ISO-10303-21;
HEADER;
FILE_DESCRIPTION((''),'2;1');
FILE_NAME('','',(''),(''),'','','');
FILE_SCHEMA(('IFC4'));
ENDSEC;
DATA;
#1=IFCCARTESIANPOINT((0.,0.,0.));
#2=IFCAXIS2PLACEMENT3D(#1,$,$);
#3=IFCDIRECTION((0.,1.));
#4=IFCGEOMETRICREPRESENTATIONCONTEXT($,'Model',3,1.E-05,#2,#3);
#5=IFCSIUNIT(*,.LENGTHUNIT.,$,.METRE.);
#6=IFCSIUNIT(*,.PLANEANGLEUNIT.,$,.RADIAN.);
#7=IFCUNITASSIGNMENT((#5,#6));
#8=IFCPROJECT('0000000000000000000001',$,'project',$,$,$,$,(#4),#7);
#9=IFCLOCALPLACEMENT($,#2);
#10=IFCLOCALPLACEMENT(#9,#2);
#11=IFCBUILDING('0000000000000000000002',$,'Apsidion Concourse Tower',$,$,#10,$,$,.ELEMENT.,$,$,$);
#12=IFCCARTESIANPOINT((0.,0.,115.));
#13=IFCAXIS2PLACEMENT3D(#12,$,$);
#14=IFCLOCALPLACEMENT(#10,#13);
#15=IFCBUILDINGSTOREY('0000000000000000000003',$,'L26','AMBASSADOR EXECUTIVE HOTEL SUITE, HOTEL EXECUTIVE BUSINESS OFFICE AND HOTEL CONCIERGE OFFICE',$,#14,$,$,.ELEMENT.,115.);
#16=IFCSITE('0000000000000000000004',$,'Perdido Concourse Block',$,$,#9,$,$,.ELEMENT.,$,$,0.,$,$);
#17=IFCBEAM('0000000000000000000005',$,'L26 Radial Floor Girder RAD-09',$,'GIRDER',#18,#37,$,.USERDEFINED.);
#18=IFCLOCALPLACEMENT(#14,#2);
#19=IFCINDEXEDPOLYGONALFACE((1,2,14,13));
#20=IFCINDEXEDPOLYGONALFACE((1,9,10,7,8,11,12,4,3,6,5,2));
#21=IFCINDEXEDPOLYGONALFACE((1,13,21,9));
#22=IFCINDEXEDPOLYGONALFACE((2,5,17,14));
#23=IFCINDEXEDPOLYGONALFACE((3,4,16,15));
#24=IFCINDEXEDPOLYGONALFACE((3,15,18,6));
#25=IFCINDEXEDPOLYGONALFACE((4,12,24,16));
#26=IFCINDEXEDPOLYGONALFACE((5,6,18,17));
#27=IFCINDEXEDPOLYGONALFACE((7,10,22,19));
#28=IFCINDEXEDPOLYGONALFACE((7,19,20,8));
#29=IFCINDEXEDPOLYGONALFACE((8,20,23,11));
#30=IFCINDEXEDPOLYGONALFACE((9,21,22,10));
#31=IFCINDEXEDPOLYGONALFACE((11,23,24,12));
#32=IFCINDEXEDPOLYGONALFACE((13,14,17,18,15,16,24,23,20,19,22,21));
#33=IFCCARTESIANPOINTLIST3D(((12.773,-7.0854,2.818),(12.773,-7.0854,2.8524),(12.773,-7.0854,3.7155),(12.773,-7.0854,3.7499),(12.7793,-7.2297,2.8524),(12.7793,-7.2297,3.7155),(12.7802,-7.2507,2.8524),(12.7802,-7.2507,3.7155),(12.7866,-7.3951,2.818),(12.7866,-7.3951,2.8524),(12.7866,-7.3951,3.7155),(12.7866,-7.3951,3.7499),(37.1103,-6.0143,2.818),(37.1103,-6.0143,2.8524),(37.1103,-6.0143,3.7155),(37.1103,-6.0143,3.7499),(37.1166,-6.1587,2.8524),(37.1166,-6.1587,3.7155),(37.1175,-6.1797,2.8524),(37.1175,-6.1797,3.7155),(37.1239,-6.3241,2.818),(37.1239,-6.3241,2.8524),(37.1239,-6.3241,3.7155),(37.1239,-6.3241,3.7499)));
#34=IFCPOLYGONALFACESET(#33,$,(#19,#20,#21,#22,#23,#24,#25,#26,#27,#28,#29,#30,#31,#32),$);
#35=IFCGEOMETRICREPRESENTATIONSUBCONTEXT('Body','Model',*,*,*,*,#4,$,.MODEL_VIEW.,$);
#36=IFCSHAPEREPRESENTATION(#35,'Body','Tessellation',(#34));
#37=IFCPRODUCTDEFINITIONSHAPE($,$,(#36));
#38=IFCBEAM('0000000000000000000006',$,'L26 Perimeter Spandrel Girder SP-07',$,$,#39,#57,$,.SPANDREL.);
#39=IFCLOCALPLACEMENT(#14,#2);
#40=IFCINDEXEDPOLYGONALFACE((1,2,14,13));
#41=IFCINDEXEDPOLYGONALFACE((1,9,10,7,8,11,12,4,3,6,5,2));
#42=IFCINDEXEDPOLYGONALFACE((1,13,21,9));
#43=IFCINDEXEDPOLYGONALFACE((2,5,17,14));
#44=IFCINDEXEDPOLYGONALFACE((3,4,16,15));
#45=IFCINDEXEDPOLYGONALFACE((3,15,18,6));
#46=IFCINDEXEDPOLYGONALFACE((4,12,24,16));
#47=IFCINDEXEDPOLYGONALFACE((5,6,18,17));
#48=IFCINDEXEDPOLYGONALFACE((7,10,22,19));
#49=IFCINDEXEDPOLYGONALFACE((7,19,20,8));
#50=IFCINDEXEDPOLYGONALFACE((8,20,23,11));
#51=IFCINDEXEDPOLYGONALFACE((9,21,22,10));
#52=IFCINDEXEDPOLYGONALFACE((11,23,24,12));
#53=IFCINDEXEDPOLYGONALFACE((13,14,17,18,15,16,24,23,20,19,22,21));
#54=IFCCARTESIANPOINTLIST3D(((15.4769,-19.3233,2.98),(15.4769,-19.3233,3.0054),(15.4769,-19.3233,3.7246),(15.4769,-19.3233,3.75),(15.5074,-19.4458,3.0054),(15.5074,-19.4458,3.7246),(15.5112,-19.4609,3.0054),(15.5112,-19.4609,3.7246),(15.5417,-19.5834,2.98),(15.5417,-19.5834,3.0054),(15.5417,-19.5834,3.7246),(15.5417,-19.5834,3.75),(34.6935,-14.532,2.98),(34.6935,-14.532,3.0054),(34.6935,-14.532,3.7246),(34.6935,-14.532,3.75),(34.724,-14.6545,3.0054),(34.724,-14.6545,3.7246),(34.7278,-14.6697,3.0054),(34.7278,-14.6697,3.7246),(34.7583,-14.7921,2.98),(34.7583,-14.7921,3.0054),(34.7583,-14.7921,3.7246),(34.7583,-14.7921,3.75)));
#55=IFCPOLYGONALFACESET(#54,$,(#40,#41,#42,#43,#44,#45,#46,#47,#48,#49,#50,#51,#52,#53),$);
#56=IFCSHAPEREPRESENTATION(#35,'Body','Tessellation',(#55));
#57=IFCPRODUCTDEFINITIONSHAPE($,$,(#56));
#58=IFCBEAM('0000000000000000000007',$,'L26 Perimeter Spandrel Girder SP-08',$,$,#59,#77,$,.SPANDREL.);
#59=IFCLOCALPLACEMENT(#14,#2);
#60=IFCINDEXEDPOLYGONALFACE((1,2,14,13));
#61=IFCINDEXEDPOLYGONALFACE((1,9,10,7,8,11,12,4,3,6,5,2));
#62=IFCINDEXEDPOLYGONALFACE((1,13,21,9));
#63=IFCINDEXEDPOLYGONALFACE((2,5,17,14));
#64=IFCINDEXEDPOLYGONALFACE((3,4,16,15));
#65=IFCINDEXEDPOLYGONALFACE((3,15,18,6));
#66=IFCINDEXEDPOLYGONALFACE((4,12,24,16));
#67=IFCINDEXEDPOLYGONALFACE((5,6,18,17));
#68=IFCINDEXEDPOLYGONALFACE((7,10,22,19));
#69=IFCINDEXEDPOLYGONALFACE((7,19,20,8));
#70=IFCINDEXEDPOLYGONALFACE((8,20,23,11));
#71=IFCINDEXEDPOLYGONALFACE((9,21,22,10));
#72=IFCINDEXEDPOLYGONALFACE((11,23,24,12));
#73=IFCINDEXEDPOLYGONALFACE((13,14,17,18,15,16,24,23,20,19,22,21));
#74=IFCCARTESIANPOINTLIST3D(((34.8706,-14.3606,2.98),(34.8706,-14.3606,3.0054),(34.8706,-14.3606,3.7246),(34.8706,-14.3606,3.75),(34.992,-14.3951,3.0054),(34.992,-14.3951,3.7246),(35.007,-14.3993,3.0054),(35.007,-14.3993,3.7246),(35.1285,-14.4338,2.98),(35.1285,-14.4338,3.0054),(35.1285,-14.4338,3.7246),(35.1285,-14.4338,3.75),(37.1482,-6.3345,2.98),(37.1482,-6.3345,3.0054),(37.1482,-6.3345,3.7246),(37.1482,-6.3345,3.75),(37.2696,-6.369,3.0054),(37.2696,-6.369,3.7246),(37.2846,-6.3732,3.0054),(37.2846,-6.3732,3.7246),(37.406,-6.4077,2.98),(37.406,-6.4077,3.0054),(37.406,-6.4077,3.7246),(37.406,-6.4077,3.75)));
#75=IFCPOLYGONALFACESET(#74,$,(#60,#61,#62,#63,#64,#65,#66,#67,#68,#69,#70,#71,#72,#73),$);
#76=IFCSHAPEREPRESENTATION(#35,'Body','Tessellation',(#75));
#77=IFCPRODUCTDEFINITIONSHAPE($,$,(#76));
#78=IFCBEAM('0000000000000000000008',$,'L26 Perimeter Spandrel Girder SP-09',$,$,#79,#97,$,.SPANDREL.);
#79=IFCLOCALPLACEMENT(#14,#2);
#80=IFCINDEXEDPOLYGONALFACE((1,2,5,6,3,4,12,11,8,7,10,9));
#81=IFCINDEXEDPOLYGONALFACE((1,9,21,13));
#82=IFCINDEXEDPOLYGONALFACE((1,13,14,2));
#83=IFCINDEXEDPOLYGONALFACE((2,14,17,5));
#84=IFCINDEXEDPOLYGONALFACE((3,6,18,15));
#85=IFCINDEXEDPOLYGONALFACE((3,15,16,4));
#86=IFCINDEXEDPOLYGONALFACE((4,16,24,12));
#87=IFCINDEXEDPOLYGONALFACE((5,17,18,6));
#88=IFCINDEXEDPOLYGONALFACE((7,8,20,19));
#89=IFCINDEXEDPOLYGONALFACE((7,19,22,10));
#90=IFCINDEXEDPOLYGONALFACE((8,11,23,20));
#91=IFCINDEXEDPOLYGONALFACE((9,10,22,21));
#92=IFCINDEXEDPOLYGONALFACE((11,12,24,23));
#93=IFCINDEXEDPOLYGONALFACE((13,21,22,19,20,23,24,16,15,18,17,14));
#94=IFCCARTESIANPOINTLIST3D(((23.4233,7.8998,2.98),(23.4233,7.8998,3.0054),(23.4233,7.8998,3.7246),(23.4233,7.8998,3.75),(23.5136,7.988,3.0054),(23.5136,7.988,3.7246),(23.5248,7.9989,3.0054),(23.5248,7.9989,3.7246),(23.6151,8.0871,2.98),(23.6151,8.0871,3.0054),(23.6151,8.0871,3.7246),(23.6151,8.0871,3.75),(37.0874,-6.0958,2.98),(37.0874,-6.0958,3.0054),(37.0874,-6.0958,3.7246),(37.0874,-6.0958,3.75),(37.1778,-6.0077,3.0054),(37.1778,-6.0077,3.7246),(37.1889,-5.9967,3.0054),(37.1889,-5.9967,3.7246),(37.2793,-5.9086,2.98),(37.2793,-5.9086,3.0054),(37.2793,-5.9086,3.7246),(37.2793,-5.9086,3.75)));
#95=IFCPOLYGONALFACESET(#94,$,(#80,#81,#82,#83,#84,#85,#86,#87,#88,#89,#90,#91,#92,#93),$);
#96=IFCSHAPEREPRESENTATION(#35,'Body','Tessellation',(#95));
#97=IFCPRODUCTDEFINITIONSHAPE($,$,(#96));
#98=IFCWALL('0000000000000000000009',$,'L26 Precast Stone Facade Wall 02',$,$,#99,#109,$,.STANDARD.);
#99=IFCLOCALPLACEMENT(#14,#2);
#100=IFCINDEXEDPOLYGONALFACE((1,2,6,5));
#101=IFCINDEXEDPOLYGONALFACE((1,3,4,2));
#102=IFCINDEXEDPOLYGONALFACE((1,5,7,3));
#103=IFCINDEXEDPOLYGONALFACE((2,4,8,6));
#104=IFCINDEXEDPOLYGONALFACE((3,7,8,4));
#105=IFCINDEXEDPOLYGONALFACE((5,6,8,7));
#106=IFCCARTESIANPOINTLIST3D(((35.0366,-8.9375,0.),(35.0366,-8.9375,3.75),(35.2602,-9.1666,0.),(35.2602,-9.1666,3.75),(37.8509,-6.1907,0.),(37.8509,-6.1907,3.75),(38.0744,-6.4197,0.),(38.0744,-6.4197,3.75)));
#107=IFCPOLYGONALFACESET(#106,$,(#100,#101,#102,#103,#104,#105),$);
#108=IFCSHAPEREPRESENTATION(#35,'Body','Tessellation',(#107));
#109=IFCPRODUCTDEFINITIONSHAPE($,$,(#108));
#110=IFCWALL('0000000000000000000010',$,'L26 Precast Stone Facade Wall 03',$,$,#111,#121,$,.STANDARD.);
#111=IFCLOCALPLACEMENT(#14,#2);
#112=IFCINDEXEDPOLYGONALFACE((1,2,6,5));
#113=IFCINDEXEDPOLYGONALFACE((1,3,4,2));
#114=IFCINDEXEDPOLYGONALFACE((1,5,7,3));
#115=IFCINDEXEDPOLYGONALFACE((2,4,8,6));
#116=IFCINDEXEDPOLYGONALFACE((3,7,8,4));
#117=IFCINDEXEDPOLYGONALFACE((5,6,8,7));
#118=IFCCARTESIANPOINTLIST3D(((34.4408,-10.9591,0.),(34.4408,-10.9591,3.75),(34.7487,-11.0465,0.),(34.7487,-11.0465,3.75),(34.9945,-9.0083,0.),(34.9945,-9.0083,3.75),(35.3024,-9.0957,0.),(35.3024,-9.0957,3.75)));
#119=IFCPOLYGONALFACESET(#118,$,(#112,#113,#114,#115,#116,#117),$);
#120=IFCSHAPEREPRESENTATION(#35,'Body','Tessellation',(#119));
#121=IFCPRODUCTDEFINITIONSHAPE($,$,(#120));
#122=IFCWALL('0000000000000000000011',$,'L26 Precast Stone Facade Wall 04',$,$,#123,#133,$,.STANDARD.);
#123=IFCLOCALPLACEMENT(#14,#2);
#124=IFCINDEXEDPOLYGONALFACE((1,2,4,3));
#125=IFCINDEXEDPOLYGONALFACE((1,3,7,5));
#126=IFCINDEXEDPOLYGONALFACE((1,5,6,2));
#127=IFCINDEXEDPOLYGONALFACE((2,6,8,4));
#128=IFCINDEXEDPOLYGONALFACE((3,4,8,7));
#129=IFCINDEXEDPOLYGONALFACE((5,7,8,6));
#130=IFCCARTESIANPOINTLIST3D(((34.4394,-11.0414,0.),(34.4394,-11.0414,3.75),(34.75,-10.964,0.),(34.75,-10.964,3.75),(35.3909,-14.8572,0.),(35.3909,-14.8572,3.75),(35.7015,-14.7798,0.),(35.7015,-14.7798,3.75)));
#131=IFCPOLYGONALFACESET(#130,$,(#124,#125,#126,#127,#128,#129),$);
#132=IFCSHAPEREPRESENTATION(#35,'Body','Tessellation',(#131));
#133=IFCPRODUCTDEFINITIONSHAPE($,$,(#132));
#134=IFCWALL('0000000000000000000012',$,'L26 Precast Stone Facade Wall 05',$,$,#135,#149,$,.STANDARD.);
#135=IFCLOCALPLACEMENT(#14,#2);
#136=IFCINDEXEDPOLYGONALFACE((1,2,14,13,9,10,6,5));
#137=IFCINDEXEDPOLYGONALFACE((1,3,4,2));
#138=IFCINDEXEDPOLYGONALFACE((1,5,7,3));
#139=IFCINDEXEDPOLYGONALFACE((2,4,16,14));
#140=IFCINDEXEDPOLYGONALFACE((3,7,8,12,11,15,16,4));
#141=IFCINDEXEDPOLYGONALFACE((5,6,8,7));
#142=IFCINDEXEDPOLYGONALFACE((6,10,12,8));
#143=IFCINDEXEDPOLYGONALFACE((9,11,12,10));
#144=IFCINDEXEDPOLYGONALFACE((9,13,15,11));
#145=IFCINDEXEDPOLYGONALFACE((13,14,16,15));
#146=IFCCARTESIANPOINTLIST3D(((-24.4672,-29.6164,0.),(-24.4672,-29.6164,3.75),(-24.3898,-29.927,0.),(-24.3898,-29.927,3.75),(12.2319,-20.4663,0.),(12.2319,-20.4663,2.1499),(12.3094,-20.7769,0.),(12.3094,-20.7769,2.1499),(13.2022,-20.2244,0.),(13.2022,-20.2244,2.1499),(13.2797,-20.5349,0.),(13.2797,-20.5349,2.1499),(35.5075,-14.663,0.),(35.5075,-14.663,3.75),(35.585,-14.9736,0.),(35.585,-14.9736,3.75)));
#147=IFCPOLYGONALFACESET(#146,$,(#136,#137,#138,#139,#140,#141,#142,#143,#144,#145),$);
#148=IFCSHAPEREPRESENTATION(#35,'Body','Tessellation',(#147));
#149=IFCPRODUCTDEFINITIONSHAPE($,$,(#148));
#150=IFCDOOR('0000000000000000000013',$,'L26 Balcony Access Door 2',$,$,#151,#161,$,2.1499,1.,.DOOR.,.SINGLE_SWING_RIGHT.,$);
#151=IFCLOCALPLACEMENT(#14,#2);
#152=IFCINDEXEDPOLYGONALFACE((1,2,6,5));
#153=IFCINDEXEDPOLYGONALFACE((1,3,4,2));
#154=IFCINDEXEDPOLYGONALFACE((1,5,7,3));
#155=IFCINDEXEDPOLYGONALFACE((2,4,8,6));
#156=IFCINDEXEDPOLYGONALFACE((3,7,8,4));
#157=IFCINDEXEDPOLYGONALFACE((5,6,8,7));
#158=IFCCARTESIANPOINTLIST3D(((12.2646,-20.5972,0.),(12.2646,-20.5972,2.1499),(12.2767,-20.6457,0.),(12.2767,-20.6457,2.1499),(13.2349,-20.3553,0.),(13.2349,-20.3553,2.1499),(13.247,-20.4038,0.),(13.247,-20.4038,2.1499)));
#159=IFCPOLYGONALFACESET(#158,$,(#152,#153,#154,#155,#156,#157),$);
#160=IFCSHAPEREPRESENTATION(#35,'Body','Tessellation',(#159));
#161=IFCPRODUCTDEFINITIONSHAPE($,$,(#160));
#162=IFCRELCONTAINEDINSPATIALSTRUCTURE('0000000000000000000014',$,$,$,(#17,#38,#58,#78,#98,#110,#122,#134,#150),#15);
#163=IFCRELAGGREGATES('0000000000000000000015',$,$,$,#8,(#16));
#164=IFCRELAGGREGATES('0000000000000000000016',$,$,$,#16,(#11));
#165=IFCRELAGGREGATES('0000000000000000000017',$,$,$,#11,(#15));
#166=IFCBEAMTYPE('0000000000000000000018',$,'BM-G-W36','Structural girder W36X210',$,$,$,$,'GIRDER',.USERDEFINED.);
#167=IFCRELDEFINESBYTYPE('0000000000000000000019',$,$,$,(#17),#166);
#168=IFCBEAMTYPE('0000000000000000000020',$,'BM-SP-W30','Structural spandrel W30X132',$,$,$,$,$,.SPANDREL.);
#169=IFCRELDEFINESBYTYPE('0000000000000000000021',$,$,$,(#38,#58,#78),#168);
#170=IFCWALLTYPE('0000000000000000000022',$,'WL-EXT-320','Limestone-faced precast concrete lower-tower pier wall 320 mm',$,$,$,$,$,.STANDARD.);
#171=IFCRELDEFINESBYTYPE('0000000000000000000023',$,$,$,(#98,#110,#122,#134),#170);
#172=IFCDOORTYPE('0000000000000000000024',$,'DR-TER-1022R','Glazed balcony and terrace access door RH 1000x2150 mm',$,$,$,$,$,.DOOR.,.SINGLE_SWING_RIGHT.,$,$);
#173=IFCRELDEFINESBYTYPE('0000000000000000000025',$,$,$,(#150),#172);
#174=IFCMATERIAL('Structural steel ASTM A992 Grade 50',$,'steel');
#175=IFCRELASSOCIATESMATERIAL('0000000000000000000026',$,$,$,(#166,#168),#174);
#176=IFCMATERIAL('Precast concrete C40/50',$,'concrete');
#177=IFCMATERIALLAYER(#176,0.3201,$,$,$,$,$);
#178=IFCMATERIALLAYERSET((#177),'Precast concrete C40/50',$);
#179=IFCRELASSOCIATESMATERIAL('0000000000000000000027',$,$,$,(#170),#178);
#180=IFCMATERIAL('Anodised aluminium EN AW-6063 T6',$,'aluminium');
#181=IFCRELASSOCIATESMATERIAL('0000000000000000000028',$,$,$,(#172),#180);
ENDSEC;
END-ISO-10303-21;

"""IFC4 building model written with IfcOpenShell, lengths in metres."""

from ifc_helpers import new_model, si_unit, direction, frame, frame_2d, origin, origin_2d, place, context, subcontext, project, spatial, rectangle, i_section, extrude, material, layer, layer_set, material_profile, profile_set, type_object, element, fill, save


model = new_model("IFC4")

# Units and contexts
model_context = context("Model", 3, precision=1e-05, world=origin(), true_north=direction((0.0, 1.0)))
body_context = subcontext(model_context, "Body", "Model", "MODEL_VIEW")
ifc_project = project(units=[si_unit("LENGTHUNIT", "METRE"), si_unit("PLANEANGLEUNIT", "RADIAN")], contexts=[model_context])

# Site, building, storey
site_placement = place(None, origin())
site = spatial("IfcSite", under=ifc_project, at=site_placement, Name="Perdido Concourse Block", CompositionType="ELEMENT", RefElevation=0.0)
building_placement = place(site_placement, origin())
building = spatial("IfcBuilding", under=site, at=building_placement, Name="Apsidion Concourse Tower", CompositionType="ELEMENT")
storey_placement = place(building_placement, frame((0.0, 0.0, 115.0)))
storey = spatial("IfcBuildingStorey", under=building, at=storey_placement, Name="L26", Description="AMBASSADOR EXECUTIVE HOTEL SUITE, HOTEL EXECUTIVE BUSINESS OFFICE AND HOTEL CONCIERGE OFFICE", CompositionType="ELEMENT", Elevation=115.0)

# Beams
ifc_material_1 = material(Name="Structural steel ASTM A992 Grade 50", Category="steel")
ifc_material_profile_1 = material_profile(ifc_material_1, i_section(OverallWidth=0.3101, OverallDepth=0.9319, WebThickness=0.021, FlangeThickness=0.0344, at=origin_2d()), Name="W36X210")
ifc_profile_set_1 = profile_set([ifc_material_profile_1], Name="Structural steel ASTM A992 Grade 50")
beam_type_1 = type_object("IfcBeamType", Name="BM-G-W36", Description="Structural girder W36X210", ElementType="GIRDER", PredefinedType="USERDEFINED", material=ifc_profile_set_1)
beam_1_placement = place(storey_placement, frame((12.7798, -7.2402, 3.2839), z_axis=(0.999033, 0.043966, 0.0), x_axis=(-0.043966, 0.999033, 0.0)))
element("IfcBeam", 1, at=beam_1_placement, inside=storey, type_object=beam_type_1, Name="L26 Radial Floor Girder RAD-09", ObjectType="GIRDER", PredefinedType="USERDEFINED", context=body_context, shape_type="SweptSolid", body=[
    extrude(i_section(OverallWidth=0.3101, OverallDepth=0.9319, WebThickness=0.021, FlangeThickness=0.0344, at=origin_2d()), origin(), (0.0, 0.0, 1.0), 24.3608),
])
ifc_material_profile_2 = material_profile(ifc_material_1, i_section(OverallWidth=0.2681, OverallDepth=0.77, WebThickness=0.0156, FlangeThickness=0.0254, at=origin_2d()), Name="W30X132")
ifc_profile_set_2 = profile_set([ifc_material_profile_2], Name="Structural steel ASTM A992 Grade 50")
beam_type_2 = type_object("IfcBeamType", Name="BM-SP-W30", Description="Structural spandrel W30X132", PredefinedType="SPANDREL", material=ifc_profile_set_2)
beam_2_placement = place(storey_placement, frame((15.5093, -19.4534, 3.365), z_axis=(0.970295, 0.241924, 0.0), x_axis=(-0.241924, 0.970295, 0.0)))
element("IfcBeam", 2, at=beam_2_placement, inside=storey, type_object=beam_type_2, Name="L26 Perimeter Spandrel Girder SP-07", PredefinedType="SPANDREL", context=body_context, shape_type="SweptSolid", body=[
    extrude(i_section(OverallWidth=0.2681, OverallDepth=0.77, WebThickness=0.0156, FlangeThickness=0.0254, at=origin_2d()), origin(), (0.0, 0.0, 1.0), 19.8049),
])
beam_3_placement = place(storey_placement, frame((34.9995, -14.3972, 3.365), z_axis=(0.272993, 0.962016, 0.0), x_axis=(-0.962016, 0.272993, 0.0)))
element("IfcBeam", 3, at=beam_3_placement, inside=storey, type_object=beam_type_2, Name="L26 Perimeter Spandrel Girder SP-08", PredefinedType="SPANDREL", context=body_context, shape_type="SweptSolid", body=[
    extrude(i_section(OverallWidth=0.2681, OverallDepth=0.77, WebThickness=0.0156, FlangeThickness=0.0254, at=origin_2d()), origin(), (0.0, 0.0, 1.0), 8.343),
])
beam_4_placement = place(storey_placement, frame((37.1833, -6.0022, 3.365), z_axis=(-0.698581, 0.715531, 0.0), x_axis=(-0.715531, -0.698581, 0.0)))
element("IfcBeam", 4, at=beam_4_placement, inside=storey, type_object=beam_type_2, Name="L26 Perimeter Spandrel Girder SP-09", PredefinedType="SPANDREL", context=body_context, shape_type="SweptSolid", body=[
    extrude(i_section(OverallWidth=0.2681, OverallDepth=0.77, WebThickness=0.0156, FlangeThickness=0.0254, at=origin_2d()), origin(), (0.0, 0.0, 1.0), 19.5598),
])

# Walls
ifc_material_2 = material(Name="Precast concrete C40/50", Category="concrete")
ifc_layer_1 = layer(ifc_material_2, 0.3201)
ifc_layer_set_1 = layer_set([ifc_layer_1], Name="Precast concrete C40/50")
wall_type_1 = type_object("IfcWallType", Name="WL-EXT-320", Description="Limestone-faced precast concrete lower-tower pier wall 320 mm", PredefinedType="STANDARD", material=ifc_layer_set_1)
wall_1_placement = place(storey_placement, frame((37.9626, -6.3052, 0.0), z_axis=(0.0, 0.0, 1.0), x_axis=(-0.715622, -0.698488, 0.0)))
element("IfcWall", 5, at=wall_1_placement, inside=storey, type_object=wall_type_1, Name="L26 Precast Stone Facade Wall 02", PredefinedType="STANDARD", context=body_context, shape_type="SweptSolid", body=[
    extrude(rectangle(XDim=3.9326, YDim=0.3201, at=frame_2d((1.9663, 0.0))), origin(), (0.0, 0.0, 1.0), 3.75),
])
wall_2_placement = place(storey_placement, frame((35.1484, -9.052, 0.0), z_axis=(0.0, 0.0, 1.0), x_axis=(-0.273067, -0.961995, 0.0)))
element("IfcWall", 6, at=wall_2_placement, inside=storey, type_object=wall_type_1, Name="L26 Precast Stone Facade Wall 03", PredefinedType="STANDARD", context=body_context, shape_type="SweptSolid", body=[
    extrude(rectangle(XDim=2.0278, YDim=0.3201, at=frame_2d((1.0139, 0.0))), origin(), (0.0, 0.0, 1.0), 3.75),
])
wall_3_placement = place(storey_placement, frame((34.5947, -11.0027, 0.0), z_axis=(0.0, 0.0, 1.0), x_axis=(0.241937, -0.970292, 0.0)))
element("IfcWall", 7, at=wall_3_placement, inside=storey, type_object=wall_type_1, Name="L26 Precast Stone Facade Wall 04", PredefinedType="STANDARD", context=body_context, shape_type="SweptSolid", body=[
    extrude(rectangle(XDim=3.9326, YDim=0.3201, at=frame_2d((1.9663, 0.0))), origin(), (0.0, 0.0, 1.0), 3.75),
])

# Wall, opening, door
wall_4_placement = place(storey_placement, frame((35.5461, -14.8184, 0.0), z_axis=(0.0, 0.0, 1.0), x_axis=(-0.970296, -0.241921, 0.0)))
wall_4 = element("IfcWall", 8, at=wall_4_placement, inside=storey, type_object=wall_type_1, Name="L26 Precast Stone Facade Wall 05", PredefinedType="STANDARD", context=body_context, shape_type="SweptSolid", body=[
    extrude(rectangle(XDim=61.8108, YDim=0.3201, at=frame_2d((30.9053, 0.0))), origin(), (0.0, 0.0, 1.0), 3.75),
])
opening_1_placement = place(wall_4_placement, frame((22.988, 0.0, 0.0)))
opening_1 = element("IfcOpeningElement", 9, at=opening_1_placement, cuts=wall_4, PredefinedType="OPENING", context=body_context, shape_type="SweptSolid", body=[
    extrude(rectangle(XDim=1.0, YDim=2.1499, at=frame_2d((0.5, 1.075))), frame((0.0, 0.1699, 0.0), z_axis=(0.0, -1.0, 0.0), x_axis=(1.0, 0.0, 0.0)), (0.0, 0.0, 1.0), 0.3401),
])
ifc_material_3 = material(Name="Anodised aluminium EN AW-6063 T6", Category="aluminium")
door_type_1 = type_object("IfcDoorType", Name="DR-TER-1022R", Description="Glazed balcony and terrace access door RH 1000x2150 mm", OperationType="SINGLE_SWING_RIGHT", PredefinedType="DOOR", material=ifc_material_3)
door_1_placement = place(opening_1_placement, origin())
door_1 = element("IfcDoor", 10, at=door_1_placement, inside=storey, type_object=door_type_1, Name="L26 Balcony Access Door 2", OperationType="SINGLE_SWING_RIGHT", OverallHeight=2.1499, OverallWidth=1.0, PredefinedType="DOOR", context=body_context, shape_type="SweptSolid", body=[
    extrude(rectangle(XDim=1.0, YDim=2.1499, at=frame_2d((0.5, 1.075))), frame((0.0, 0.0249, 0.0), z_axis=(0.0, -1.0, 0.0), x_axis=(1.0, 0.0, 0.0)), (0.0, 0.0, 1.0), 0.05),
])
fill(opening_1, door_1)

save(model, "model.ifc")
